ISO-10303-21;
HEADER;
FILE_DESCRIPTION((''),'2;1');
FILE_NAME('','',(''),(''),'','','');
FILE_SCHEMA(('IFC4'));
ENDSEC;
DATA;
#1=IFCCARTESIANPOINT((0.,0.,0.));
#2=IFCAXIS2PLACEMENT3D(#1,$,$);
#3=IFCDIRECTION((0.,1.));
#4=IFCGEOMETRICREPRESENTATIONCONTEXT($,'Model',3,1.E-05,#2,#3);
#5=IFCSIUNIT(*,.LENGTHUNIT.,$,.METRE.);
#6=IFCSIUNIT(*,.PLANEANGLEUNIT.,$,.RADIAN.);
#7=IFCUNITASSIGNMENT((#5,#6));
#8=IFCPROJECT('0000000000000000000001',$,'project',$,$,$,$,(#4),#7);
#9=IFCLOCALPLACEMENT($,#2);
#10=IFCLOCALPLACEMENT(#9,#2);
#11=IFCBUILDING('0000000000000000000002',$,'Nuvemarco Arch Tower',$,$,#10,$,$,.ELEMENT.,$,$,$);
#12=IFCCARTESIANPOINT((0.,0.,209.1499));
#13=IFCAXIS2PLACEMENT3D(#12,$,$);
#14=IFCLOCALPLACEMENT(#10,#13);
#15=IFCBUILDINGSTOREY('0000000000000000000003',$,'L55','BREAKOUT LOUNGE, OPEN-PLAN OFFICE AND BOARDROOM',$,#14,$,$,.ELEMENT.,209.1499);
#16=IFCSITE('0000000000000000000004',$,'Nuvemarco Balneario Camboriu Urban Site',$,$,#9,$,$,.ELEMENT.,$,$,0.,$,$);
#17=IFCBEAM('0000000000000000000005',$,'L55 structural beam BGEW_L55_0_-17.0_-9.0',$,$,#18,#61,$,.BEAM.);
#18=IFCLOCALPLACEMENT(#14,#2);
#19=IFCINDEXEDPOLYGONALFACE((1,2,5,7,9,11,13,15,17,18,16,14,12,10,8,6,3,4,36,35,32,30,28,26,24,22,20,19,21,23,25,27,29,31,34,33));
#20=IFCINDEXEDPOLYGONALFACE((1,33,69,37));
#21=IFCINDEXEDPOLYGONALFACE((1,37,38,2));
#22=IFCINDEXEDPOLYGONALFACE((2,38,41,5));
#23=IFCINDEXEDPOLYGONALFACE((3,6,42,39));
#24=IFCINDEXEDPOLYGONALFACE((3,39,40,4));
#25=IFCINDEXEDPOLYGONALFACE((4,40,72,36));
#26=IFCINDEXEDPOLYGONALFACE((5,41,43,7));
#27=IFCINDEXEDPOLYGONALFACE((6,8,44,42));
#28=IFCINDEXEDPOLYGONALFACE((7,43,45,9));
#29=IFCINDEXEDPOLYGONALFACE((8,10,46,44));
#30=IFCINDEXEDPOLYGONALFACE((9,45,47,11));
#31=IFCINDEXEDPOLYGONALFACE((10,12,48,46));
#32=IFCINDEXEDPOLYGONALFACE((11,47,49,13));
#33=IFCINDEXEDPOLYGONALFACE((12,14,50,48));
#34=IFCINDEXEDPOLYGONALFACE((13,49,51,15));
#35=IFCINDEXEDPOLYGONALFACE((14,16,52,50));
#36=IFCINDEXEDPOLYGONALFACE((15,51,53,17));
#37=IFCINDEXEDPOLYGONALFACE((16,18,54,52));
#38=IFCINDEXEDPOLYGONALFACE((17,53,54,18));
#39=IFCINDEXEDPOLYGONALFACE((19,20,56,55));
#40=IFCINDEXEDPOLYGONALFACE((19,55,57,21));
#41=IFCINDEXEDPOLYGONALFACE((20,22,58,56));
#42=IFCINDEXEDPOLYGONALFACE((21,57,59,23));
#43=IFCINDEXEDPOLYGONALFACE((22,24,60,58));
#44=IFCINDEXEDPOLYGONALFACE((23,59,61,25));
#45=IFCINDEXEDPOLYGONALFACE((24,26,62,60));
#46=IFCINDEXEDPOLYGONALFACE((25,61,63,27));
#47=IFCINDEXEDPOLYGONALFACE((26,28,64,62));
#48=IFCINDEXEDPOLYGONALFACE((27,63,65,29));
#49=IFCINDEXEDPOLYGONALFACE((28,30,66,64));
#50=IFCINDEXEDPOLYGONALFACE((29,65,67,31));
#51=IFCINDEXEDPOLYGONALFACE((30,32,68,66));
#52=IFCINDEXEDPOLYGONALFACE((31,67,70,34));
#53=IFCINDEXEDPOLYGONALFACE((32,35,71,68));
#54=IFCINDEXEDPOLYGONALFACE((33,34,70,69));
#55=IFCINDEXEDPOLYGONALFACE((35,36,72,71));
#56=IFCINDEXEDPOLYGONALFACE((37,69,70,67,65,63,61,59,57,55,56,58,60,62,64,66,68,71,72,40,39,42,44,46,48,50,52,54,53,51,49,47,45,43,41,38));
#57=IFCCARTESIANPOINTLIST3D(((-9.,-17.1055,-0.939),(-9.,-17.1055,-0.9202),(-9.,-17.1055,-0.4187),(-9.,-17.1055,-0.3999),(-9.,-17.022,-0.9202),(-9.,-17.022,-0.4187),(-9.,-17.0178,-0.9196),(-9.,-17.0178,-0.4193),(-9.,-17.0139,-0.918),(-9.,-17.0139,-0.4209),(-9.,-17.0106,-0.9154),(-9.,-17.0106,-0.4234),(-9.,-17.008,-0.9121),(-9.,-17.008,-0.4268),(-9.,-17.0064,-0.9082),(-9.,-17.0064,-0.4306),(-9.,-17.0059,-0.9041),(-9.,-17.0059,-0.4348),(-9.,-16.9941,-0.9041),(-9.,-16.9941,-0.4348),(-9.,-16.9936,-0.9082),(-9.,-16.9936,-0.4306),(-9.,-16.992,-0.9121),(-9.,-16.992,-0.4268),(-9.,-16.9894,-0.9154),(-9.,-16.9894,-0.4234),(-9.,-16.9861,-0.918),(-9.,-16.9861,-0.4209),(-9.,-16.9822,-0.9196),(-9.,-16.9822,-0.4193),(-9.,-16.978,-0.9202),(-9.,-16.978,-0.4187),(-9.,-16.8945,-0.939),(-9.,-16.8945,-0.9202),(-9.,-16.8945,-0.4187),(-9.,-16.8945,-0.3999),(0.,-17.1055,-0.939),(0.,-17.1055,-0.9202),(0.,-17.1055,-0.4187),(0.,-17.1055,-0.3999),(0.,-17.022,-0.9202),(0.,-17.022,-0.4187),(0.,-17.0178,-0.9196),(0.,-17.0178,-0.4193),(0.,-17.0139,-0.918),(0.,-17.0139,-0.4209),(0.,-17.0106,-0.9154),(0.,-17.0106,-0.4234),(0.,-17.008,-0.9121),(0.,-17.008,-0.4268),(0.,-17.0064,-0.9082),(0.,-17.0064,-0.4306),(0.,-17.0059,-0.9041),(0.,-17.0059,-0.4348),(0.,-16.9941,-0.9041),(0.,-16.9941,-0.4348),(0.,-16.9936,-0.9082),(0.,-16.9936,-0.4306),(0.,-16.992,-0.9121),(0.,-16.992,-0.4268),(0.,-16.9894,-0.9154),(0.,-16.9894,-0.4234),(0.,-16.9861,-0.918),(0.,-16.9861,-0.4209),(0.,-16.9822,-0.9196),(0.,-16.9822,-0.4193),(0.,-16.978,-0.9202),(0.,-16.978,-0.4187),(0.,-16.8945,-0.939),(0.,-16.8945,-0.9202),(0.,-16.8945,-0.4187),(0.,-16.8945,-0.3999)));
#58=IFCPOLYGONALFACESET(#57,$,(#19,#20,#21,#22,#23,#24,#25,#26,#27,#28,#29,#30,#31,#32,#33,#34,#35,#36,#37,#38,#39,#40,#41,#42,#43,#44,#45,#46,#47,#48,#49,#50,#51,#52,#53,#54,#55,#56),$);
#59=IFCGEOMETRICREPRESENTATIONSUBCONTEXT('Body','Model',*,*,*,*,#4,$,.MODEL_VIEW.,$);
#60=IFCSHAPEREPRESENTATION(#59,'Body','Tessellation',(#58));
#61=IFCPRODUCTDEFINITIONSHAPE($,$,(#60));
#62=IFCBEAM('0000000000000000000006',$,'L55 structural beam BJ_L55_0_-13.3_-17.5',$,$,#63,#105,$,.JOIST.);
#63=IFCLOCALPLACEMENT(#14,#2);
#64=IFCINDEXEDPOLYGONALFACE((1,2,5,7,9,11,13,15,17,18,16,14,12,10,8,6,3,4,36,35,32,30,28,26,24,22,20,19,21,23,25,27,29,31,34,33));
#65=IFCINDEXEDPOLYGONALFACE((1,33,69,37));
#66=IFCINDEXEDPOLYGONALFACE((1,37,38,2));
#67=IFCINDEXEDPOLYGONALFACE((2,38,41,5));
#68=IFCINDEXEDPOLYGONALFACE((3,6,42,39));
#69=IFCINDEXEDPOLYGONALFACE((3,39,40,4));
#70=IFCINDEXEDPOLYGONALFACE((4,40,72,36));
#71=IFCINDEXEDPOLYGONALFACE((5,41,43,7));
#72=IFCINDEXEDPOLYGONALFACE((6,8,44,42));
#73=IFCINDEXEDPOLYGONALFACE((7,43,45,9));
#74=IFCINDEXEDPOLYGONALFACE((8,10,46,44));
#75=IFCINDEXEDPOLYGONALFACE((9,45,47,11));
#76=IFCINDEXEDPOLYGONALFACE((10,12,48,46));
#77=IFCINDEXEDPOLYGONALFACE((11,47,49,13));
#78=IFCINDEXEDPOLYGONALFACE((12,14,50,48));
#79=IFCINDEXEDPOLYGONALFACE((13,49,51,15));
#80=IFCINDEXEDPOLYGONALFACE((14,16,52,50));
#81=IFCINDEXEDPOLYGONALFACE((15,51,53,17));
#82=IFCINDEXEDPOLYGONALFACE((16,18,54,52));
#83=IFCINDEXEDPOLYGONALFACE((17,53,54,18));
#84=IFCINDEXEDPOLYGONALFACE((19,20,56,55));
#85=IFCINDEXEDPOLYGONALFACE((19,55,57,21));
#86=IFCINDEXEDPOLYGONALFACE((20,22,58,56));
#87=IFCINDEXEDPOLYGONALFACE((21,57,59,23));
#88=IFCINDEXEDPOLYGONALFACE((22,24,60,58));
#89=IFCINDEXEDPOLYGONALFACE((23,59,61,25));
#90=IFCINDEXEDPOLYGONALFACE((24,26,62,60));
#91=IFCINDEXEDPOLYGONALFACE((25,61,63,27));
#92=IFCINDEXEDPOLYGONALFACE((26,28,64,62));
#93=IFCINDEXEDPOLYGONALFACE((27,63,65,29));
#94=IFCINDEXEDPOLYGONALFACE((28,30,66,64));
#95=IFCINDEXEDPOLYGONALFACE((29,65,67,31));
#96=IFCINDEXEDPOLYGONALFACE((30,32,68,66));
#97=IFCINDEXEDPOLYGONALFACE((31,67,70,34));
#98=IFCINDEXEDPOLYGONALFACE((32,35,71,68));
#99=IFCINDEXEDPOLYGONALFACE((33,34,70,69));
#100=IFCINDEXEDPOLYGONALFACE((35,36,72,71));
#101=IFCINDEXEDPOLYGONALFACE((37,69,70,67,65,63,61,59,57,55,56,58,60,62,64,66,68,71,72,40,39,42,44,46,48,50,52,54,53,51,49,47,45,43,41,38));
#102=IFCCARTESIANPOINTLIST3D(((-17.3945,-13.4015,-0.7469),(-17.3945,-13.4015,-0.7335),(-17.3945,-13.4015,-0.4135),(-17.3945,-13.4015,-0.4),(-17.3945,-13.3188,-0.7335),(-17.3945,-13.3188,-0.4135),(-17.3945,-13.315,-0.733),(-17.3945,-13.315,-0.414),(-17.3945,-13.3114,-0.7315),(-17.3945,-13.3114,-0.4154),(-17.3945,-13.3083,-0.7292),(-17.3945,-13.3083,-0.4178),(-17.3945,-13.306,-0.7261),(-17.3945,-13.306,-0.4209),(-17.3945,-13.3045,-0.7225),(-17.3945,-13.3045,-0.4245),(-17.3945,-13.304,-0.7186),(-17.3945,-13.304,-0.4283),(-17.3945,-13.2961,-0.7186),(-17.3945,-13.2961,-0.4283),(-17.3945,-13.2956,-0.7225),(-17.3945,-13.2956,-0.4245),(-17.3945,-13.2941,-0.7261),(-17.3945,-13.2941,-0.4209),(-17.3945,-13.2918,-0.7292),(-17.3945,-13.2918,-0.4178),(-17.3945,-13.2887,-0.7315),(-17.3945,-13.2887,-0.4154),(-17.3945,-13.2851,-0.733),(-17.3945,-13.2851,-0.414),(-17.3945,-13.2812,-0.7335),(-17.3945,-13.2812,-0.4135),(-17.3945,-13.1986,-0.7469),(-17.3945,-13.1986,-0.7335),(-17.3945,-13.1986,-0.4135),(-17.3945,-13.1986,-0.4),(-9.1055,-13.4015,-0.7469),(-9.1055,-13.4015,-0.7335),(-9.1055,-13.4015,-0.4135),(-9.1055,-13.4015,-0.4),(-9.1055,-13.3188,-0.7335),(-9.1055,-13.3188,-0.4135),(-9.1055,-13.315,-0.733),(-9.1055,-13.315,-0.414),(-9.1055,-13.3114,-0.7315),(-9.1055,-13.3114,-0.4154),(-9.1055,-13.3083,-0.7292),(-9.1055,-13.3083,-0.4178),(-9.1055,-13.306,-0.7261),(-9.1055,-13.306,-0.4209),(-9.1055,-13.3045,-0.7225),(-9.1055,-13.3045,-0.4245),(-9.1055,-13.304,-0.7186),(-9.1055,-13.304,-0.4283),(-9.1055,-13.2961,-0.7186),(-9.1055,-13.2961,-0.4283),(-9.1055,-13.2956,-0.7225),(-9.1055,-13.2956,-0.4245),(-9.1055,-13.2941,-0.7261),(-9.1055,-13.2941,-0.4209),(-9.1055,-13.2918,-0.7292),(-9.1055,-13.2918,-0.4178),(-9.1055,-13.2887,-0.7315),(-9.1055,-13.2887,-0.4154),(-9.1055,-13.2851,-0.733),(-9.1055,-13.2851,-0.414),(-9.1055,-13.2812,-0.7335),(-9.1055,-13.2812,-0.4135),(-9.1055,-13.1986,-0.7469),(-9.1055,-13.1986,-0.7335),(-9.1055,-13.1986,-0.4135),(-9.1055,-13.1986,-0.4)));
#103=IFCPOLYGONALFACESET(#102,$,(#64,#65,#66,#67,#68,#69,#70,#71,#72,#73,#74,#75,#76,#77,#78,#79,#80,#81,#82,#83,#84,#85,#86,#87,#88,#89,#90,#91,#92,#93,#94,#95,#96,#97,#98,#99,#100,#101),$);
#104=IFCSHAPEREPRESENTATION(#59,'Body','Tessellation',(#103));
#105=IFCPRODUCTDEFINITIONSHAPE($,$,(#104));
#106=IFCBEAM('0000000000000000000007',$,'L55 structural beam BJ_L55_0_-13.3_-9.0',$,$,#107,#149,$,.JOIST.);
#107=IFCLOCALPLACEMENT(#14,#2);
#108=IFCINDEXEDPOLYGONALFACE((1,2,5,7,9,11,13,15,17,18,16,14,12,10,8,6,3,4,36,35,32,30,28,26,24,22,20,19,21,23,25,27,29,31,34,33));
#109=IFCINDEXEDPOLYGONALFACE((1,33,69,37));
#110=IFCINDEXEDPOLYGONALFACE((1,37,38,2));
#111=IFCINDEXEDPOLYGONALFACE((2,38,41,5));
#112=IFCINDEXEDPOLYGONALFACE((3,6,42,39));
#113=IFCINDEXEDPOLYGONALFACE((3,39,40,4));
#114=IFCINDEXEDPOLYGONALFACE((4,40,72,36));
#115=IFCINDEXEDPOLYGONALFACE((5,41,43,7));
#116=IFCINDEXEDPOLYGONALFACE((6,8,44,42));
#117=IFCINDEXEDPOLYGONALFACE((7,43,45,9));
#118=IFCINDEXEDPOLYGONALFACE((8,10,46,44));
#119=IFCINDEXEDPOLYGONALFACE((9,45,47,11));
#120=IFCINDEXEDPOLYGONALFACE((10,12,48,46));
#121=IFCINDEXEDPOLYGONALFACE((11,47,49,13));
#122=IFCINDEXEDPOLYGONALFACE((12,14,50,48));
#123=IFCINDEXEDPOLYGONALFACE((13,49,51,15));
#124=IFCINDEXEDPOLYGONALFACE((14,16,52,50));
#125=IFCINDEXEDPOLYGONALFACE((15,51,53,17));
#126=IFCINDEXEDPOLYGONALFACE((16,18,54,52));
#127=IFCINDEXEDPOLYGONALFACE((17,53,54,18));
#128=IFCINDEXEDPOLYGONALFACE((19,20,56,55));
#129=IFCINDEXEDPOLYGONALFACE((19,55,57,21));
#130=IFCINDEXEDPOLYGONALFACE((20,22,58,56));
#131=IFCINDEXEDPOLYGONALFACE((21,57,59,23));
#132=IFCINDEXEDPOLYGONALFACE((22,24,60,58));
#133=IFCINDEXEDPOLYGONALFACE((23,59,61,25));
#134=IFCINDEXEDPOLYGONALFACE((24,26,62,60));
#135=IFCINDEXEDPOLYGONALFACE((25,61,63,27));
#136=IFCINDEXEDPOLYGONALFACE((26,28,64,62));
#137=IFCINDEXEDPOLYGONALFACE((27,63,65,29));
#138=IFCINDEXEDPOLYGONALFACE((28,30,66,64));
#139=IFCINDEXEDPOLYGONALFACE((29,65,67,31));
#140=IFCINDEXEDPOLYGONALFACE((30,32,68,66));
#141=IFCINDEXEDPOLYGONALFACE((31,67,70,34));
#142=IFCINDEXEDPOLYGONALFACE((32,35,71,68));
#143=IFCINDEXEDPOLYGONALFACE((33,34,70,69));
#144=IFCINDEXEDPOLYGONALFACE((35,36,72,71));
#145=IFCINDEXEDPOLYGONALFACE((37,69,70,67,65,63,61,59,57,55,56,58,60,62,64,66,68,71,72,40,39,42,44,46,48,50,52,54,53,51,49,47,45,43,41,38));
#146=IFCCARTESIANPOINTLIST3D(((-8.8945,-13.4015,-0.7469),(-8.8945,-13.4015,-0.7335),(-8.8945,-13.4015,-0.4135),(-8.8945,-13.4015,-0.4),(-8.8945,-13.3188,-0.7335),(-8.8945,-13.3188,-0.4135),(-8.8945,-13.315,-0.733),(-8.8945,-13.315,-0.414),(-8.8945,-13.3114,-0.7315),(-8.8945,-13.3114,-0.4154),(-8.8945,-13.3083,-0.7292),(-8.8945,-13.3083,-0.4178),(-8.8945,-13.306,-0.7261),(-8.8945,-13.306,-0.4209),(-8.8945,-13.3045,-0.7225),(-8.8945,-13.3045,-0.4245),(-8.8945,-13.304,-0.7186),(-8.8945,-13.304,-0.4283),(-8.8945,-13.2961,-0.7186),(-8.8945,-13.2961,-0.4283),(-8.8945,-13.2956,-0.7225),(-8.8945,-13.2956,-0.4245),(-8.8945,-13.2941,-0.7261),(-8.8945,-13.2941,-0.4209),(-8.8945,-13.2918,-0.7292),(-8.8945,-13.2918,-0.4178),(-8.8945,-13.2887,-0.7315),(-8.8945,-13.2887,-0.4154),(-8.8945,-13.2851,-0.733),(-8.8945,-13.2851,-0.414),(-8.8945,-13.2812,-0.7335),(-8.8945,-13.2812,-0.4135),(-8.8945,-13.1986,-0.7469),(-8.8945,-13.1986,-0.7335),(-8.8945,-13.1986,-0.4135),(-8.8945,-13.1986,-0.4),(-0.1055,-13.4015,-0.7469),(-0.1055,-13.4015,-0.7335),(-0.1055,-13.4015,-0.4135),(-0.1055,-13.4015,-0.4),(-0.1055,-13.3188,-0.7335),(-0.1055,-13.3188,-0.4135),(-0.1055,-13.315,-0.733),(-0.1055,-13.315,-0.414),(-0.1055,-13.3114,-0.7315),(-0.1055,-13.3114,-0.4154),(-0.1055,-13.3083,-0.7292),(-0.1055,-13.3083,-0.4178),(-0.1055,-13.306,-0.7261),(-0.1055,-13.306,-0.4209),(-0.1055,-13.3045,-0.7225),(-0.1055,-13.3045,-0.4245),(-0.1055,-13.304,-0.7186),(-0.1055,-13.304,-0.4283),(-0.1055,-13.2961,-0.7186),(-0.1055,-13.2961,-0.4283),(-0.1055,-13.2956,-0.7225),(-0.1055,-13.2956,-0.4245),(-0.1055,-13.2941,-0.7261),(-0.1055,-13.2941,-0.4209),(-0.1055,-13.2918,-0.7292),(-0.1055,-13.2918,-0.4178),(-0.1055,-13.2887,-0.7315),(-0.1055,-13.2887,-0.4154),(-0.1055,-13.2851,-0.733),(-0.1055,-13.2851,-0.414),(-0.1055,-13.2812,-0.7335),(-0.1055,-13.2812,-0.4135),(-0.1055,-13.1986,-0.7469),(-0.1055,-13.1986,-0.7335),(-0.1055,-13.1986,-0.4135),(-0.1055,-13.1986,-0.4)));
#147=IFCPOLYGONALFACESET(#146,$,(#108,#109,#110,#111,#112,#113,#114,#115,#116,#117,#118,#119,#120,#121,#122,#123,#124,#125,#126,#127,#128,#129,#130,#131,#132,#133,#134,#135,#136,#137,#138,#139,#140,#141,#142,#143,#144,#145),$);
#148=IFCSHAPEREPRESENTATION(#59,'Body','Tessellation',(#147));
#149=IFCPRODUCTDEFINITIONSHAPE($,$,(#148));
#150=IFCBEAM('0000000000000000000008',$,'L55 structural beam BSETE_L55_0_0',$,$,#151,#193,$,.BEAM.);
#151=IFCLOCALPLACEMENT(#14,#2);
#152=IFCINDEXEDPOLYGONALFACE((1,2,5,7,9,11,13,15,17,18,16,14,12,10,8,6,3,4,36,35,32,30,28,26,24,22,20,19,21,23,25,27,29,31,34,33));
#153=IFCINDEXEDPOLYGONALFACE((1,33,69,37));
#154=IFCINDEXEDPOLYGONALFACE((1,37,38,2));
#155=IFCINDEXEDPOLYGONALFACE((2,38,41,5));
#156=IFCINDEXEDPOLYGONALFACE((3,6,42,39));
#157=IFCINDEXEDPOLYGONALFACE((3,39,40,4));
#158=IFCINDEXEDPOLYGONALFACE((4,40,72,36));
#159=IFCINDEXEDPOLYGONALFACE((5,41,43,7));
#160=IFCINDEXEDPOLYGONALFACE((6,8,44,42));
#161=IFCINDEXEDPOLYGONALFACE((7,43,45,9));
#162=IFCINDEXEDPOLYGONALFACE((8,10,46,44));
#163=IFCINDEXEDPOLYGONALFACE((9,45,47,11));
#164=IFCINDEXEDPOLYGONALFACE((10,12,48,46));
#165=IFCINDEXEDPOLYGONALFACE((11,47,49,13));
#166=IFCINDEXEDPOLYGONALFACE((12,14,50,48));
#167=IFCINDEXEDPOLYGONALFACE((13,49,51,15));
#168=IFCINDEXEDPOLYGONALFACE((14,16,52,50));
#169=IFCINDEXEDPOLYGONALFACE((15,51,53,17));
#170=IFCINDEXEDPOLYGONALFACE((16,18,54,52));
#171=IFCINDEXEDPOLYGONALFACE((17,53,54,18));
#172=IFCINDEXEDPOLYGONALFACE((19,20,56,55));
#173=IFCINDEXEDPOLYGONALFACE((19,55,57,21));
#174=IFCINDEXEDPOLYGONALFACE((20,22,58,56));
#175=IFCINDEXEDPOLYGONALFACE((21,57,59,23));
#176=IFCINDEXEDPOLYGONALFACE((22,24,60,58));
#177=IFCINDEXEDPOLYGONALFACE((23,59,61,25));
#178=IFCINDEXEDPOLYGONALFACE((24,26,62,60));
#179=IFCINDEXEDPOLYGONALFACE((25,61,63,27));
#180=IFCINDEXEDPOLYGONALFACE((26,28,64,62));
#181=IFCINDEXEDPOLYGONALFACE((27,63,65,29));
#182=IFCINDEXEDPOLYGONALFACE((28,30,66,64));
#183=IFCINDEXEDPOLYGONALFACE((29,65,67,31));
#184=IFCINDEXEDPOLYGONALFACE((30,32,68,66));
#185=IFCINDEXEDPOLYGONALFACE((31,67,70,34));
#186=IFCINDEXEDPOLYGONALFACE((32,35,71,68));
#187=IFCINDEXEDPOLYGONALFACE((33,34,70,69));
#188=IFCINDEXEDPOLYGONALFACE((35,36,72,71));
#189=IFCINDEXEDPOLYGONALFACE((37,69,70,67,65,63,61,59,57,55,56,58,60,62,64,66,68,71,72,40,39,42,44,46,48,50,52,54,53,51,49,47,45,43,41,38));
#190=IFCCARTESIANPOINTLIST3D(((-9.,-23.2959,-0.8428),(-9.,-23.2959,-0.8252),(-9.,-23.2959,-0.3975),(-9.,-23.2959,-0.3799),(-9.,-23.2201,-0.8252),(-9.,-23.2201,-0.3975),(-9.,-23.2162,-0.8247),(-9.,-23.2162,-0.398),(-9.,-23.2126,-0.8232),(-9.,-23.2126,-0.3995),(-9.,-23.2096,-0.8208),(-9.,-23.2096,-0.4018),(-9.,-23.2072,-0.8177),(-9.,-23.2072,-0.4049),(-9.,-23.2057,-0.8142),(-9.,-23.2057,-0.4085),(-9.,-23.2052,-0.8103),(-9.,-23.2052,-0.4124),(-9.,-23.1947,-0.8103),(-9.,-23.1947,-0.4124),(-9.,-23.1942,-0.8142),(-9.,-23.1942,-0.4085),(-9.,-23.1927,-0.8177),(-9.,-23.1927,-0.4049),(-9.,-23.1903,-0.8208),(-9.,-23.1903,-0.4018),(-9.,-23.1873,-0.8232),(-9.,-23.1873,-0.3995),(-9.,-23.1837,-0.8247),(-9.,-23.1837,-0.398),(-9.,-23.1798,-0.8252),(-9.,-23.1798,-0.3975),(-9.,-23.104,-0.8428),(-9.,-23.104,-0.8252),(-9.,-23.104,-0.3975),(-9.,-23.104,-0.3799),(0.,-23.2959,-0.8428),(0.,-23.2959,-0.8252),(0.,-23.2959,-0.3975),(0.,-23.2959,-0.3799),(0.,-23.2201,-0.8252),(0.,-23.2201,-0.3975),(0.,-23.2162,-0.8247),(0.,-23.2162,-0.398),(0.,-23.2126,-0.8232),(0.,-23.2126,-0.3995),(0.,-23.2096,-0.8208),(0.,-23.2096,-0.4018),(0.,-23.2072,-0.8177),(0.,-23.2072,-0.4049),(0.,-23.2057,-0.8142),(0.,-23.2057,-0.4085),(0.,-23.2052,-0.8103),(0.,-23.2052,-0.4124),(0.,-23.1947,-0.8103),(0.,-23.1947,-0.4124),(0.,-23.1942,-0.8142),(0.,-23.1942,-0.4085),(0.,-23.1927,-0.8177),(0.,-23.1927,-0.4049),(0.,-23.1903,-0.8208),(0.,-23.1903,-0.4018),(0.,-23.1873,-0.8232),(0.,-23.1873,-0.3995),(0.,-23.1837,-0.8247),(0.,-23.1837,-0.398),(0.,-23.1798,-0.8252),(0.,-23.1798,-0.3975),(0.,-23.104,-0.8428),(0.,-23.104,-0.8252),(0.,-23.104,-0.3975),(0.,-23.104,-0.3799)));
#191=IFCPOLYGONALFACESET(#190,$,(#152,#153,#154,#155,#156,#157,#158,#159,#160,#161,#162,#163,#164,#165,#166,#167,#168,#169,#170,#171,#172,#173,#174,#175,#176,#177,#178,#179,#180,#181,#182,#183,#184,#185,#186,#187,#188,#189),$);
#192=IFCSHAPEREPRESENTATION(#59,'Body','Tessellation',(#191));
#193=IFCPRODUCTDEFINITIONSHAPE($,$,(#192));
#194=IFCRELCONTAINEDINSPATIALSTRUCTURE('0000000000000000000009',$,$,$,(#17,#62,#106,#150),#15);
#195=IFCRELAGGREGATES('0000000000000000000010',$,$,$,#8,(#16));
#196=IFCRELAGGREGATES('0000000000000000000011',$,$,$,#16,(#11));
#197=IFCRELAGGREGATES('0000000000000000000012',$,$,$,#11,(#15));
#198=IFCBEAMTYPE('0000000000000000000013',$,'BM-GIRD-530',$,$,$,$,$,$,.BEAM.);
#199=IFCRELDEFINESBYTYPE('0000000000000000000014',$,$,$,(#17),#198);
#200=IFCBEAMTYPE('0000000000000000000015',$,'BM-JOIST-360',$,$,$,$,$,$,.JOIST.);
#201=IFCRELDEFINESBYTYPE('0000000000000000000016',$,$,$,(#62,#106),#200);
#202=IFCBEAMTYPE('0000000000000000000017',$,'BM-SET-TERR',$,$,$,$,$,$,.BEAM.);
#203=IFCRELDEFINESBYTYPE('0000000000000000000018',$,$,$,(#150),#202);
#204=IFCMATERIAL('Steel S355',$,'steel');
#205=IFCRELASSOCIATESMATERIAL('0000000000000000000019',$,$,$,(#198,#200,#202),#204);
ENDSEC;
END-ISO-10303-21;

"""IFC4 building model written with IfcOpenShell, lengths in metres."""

from ifc_helpers import new_model, si_unit, direction, frame, origin, origin_2d, place, context, subcontext, project, spatial, i_section, extrude, material, material_profile, profile_set, type_object, element, save


model = new_model("IFC4")

# Units and contexts
model_context = context("Model", 3, precision=1e-05, world=origin(), true_north=direction((0.0, 1.0)))
body_context = subcontext(model_context, "Body", "Model", "MODEL_VIEW")
ifc_project = project(units=[si_unit("LENGTHUNIT", "METRE"), si_unit("PLANEANGLEUNIT", "RADIAN")], contexts=[model_context])

# Site, building, storey
site_placement = place(None, origin())
site = spatial("IfcSite", under=ifc_project, at=site_placement, Name="Nuvemarco Balneario Camboriu Urban Site", CompositionType="ELEMENT", RefElevation=0.0)
building_placement = place(site_placement, origin())
building = spatial("IfcBuilding", under=site, at=building_placement, Name="Nuvemarco Arch Tower", CompositionType="ELEMENT")
storey_placement = place(building_placement, frame((0.0, 0.0, 209.1499)))
storey = spatial("IfcBuildingStorey", under=building, at=storey_placement, Name="L55", Description="BREAKOUT LOUNGE, OPEN-PLAN OFFICE AND BOARDROOM", CompositionType="ELEMENT", Elevation=209.1499)

# Shared definitions
ifc_material_1 = material(Name="Steel S355", Category="steel")

# Beams
ifc_material_profile_1 = material_profile(ifc_material_1, i_section(OverallWidth=0.2109, OverallDepth=0.5391, WebThickness=0.0117, FlangeThickness=0.0188, FilletRadius=0.0161, at=origin_2d()), Name="W530x109")
ifc_profile_set_1 = profile_set([ifc_material_profile_1], Name="Steel S355")
beam_type_1 = type_object("IfcBeamType", Name="BM-GIRD-530", PredefinedType="BEAM", material=ifc_profile_set_1)
beam_1_placement = place(storey_placement, frame((-9.0, -17.0, -0.6694), z_axis=(1.0, 0.0, 0.0), x_axis=(0.0, 1.0, 0.0)))
element("IfcBeam", 1, at=beam_1_placement, inside=storey, type_object=beam_type_1, Name="L55 structural beam BGEW_L55_0_-17.0_-9.0", PredefinedType="BEAM", context=body_context, shape_type="SweptSolid", body=[
    extrude(i_section(OverallWidth=0.2109, OverallDepth=0.5391, WebThickness=0.0117, FlangeThickness=0.0188, FilletRadius=0.0161, at=origin_2d()), origin(), (0.0, 0.0, 1.0), 9.0),
])
ifc_material_profile_2 = material_profile(ifc_material_1, i_section(OverallWidth=0.2029, OverallDepth=0.3469, WebThickness=0.0078, FlangeThickness=0.0134, FilletRadius=0.0149, at=origin_2d()), Name="W360x64")
ifc_profile_set_2 = profile_set([ifc_material_profile_2], Name="Steel S355")
beam_type_2 = type_object("IfcBeamType", Name="BM-JOIST-360", PredefinedType="JOIST", material=ifc_profile_set_2)
beam_2_placement = place(storey_placement, frame((-17.3945, -13.3, -0.5735), z_axis=(1.0, 0.0, 0.0), x_axis=(0.0, 1.0, 0.0)))
element("IfcBeam", 2, at=beam_2_placement, inside=storey, type_object=beam_type_2, Name="L55 structural beam BJ_L55_0_-13.3_-17.5", PredefinedType="JOIST", context=body_context, shape_type="SweptSolid", body=[
    extrude(i_section(OverallWidth=0.2029, OverallDepth=0.3469, WebThickness=0.0078, FlangeThickness=0.0134, FilletRadius=0.0149, at=origin_2d()), origin(), (0.0, 0.0, 1.0), 8.2891),
])
beam_3_placement = place(storey_placement, frame((-8.8945, -13.3, -0.5735), z_axis=(1.0, 0.0, 0.0), x_axis=(0.0, 1.0, 0.0)))
element("IfcBeam", 3, at=beam_3_placement, inside=storey, type_object=beam_type_2, Name="L55 structural beam BJ_L55_0_-13.3_-9.0", PredefinedType="JOIST", context=body_context, shape_type="SweptSolid", body=[
    extrude(i_section(OverallWidth=0.2029, OverallDepth=0.3469, WebThickness=0.0078, FlangeThickness=0.0134, FilletRadius=0.0149, at=origin_2d()), origin(), (0.0, 0.0, 1.0), 8.7891),
])
ifc_material_profile_3 = material_profile(ifc_material_1, i_section(OverallWidth=0.1919, OverallDepth=0.4629, WebThickness=0.0105, FlangeThickness=0.0176, FilletRadius=0.0149, at=origin_2d()), Name="W460x89")
ifc_profile_set_3 = profile_set([ifc_material_profile_3], Name="Steel S355")
beam_type_3 = type_object("IfcBeamType", Name="BM-SET-TERR", PredefinedType="BEAM", material=ifc_profile_set_3)
beam_4_placement = place(storey_placement, frame((-9.0, -23.2, -0.6113), z_axis=(1.0, 0.0, 0.0), x_axis=(0.0, 1.0, 0.0)))
element("IfcBeam", 4, at=beam_4_placement, inside=storey, type_object=beam_type_3, Name="L55 structural beam BSETE_L55_0_0", PredefinedType="BEAM", context=body_context, shape_type="SweptSolid", body=[
    extrude(i_section(OverallWidth=0.1919, OverallDepth=0.4629, WebThickness=0.0105, FlangeThickness=0.0176, FilletRadius=0.0149, at=origin_2d()), origin(), (0.0, 0.0, 1.0), 9.0),
])

save(model, "model.ifc")
